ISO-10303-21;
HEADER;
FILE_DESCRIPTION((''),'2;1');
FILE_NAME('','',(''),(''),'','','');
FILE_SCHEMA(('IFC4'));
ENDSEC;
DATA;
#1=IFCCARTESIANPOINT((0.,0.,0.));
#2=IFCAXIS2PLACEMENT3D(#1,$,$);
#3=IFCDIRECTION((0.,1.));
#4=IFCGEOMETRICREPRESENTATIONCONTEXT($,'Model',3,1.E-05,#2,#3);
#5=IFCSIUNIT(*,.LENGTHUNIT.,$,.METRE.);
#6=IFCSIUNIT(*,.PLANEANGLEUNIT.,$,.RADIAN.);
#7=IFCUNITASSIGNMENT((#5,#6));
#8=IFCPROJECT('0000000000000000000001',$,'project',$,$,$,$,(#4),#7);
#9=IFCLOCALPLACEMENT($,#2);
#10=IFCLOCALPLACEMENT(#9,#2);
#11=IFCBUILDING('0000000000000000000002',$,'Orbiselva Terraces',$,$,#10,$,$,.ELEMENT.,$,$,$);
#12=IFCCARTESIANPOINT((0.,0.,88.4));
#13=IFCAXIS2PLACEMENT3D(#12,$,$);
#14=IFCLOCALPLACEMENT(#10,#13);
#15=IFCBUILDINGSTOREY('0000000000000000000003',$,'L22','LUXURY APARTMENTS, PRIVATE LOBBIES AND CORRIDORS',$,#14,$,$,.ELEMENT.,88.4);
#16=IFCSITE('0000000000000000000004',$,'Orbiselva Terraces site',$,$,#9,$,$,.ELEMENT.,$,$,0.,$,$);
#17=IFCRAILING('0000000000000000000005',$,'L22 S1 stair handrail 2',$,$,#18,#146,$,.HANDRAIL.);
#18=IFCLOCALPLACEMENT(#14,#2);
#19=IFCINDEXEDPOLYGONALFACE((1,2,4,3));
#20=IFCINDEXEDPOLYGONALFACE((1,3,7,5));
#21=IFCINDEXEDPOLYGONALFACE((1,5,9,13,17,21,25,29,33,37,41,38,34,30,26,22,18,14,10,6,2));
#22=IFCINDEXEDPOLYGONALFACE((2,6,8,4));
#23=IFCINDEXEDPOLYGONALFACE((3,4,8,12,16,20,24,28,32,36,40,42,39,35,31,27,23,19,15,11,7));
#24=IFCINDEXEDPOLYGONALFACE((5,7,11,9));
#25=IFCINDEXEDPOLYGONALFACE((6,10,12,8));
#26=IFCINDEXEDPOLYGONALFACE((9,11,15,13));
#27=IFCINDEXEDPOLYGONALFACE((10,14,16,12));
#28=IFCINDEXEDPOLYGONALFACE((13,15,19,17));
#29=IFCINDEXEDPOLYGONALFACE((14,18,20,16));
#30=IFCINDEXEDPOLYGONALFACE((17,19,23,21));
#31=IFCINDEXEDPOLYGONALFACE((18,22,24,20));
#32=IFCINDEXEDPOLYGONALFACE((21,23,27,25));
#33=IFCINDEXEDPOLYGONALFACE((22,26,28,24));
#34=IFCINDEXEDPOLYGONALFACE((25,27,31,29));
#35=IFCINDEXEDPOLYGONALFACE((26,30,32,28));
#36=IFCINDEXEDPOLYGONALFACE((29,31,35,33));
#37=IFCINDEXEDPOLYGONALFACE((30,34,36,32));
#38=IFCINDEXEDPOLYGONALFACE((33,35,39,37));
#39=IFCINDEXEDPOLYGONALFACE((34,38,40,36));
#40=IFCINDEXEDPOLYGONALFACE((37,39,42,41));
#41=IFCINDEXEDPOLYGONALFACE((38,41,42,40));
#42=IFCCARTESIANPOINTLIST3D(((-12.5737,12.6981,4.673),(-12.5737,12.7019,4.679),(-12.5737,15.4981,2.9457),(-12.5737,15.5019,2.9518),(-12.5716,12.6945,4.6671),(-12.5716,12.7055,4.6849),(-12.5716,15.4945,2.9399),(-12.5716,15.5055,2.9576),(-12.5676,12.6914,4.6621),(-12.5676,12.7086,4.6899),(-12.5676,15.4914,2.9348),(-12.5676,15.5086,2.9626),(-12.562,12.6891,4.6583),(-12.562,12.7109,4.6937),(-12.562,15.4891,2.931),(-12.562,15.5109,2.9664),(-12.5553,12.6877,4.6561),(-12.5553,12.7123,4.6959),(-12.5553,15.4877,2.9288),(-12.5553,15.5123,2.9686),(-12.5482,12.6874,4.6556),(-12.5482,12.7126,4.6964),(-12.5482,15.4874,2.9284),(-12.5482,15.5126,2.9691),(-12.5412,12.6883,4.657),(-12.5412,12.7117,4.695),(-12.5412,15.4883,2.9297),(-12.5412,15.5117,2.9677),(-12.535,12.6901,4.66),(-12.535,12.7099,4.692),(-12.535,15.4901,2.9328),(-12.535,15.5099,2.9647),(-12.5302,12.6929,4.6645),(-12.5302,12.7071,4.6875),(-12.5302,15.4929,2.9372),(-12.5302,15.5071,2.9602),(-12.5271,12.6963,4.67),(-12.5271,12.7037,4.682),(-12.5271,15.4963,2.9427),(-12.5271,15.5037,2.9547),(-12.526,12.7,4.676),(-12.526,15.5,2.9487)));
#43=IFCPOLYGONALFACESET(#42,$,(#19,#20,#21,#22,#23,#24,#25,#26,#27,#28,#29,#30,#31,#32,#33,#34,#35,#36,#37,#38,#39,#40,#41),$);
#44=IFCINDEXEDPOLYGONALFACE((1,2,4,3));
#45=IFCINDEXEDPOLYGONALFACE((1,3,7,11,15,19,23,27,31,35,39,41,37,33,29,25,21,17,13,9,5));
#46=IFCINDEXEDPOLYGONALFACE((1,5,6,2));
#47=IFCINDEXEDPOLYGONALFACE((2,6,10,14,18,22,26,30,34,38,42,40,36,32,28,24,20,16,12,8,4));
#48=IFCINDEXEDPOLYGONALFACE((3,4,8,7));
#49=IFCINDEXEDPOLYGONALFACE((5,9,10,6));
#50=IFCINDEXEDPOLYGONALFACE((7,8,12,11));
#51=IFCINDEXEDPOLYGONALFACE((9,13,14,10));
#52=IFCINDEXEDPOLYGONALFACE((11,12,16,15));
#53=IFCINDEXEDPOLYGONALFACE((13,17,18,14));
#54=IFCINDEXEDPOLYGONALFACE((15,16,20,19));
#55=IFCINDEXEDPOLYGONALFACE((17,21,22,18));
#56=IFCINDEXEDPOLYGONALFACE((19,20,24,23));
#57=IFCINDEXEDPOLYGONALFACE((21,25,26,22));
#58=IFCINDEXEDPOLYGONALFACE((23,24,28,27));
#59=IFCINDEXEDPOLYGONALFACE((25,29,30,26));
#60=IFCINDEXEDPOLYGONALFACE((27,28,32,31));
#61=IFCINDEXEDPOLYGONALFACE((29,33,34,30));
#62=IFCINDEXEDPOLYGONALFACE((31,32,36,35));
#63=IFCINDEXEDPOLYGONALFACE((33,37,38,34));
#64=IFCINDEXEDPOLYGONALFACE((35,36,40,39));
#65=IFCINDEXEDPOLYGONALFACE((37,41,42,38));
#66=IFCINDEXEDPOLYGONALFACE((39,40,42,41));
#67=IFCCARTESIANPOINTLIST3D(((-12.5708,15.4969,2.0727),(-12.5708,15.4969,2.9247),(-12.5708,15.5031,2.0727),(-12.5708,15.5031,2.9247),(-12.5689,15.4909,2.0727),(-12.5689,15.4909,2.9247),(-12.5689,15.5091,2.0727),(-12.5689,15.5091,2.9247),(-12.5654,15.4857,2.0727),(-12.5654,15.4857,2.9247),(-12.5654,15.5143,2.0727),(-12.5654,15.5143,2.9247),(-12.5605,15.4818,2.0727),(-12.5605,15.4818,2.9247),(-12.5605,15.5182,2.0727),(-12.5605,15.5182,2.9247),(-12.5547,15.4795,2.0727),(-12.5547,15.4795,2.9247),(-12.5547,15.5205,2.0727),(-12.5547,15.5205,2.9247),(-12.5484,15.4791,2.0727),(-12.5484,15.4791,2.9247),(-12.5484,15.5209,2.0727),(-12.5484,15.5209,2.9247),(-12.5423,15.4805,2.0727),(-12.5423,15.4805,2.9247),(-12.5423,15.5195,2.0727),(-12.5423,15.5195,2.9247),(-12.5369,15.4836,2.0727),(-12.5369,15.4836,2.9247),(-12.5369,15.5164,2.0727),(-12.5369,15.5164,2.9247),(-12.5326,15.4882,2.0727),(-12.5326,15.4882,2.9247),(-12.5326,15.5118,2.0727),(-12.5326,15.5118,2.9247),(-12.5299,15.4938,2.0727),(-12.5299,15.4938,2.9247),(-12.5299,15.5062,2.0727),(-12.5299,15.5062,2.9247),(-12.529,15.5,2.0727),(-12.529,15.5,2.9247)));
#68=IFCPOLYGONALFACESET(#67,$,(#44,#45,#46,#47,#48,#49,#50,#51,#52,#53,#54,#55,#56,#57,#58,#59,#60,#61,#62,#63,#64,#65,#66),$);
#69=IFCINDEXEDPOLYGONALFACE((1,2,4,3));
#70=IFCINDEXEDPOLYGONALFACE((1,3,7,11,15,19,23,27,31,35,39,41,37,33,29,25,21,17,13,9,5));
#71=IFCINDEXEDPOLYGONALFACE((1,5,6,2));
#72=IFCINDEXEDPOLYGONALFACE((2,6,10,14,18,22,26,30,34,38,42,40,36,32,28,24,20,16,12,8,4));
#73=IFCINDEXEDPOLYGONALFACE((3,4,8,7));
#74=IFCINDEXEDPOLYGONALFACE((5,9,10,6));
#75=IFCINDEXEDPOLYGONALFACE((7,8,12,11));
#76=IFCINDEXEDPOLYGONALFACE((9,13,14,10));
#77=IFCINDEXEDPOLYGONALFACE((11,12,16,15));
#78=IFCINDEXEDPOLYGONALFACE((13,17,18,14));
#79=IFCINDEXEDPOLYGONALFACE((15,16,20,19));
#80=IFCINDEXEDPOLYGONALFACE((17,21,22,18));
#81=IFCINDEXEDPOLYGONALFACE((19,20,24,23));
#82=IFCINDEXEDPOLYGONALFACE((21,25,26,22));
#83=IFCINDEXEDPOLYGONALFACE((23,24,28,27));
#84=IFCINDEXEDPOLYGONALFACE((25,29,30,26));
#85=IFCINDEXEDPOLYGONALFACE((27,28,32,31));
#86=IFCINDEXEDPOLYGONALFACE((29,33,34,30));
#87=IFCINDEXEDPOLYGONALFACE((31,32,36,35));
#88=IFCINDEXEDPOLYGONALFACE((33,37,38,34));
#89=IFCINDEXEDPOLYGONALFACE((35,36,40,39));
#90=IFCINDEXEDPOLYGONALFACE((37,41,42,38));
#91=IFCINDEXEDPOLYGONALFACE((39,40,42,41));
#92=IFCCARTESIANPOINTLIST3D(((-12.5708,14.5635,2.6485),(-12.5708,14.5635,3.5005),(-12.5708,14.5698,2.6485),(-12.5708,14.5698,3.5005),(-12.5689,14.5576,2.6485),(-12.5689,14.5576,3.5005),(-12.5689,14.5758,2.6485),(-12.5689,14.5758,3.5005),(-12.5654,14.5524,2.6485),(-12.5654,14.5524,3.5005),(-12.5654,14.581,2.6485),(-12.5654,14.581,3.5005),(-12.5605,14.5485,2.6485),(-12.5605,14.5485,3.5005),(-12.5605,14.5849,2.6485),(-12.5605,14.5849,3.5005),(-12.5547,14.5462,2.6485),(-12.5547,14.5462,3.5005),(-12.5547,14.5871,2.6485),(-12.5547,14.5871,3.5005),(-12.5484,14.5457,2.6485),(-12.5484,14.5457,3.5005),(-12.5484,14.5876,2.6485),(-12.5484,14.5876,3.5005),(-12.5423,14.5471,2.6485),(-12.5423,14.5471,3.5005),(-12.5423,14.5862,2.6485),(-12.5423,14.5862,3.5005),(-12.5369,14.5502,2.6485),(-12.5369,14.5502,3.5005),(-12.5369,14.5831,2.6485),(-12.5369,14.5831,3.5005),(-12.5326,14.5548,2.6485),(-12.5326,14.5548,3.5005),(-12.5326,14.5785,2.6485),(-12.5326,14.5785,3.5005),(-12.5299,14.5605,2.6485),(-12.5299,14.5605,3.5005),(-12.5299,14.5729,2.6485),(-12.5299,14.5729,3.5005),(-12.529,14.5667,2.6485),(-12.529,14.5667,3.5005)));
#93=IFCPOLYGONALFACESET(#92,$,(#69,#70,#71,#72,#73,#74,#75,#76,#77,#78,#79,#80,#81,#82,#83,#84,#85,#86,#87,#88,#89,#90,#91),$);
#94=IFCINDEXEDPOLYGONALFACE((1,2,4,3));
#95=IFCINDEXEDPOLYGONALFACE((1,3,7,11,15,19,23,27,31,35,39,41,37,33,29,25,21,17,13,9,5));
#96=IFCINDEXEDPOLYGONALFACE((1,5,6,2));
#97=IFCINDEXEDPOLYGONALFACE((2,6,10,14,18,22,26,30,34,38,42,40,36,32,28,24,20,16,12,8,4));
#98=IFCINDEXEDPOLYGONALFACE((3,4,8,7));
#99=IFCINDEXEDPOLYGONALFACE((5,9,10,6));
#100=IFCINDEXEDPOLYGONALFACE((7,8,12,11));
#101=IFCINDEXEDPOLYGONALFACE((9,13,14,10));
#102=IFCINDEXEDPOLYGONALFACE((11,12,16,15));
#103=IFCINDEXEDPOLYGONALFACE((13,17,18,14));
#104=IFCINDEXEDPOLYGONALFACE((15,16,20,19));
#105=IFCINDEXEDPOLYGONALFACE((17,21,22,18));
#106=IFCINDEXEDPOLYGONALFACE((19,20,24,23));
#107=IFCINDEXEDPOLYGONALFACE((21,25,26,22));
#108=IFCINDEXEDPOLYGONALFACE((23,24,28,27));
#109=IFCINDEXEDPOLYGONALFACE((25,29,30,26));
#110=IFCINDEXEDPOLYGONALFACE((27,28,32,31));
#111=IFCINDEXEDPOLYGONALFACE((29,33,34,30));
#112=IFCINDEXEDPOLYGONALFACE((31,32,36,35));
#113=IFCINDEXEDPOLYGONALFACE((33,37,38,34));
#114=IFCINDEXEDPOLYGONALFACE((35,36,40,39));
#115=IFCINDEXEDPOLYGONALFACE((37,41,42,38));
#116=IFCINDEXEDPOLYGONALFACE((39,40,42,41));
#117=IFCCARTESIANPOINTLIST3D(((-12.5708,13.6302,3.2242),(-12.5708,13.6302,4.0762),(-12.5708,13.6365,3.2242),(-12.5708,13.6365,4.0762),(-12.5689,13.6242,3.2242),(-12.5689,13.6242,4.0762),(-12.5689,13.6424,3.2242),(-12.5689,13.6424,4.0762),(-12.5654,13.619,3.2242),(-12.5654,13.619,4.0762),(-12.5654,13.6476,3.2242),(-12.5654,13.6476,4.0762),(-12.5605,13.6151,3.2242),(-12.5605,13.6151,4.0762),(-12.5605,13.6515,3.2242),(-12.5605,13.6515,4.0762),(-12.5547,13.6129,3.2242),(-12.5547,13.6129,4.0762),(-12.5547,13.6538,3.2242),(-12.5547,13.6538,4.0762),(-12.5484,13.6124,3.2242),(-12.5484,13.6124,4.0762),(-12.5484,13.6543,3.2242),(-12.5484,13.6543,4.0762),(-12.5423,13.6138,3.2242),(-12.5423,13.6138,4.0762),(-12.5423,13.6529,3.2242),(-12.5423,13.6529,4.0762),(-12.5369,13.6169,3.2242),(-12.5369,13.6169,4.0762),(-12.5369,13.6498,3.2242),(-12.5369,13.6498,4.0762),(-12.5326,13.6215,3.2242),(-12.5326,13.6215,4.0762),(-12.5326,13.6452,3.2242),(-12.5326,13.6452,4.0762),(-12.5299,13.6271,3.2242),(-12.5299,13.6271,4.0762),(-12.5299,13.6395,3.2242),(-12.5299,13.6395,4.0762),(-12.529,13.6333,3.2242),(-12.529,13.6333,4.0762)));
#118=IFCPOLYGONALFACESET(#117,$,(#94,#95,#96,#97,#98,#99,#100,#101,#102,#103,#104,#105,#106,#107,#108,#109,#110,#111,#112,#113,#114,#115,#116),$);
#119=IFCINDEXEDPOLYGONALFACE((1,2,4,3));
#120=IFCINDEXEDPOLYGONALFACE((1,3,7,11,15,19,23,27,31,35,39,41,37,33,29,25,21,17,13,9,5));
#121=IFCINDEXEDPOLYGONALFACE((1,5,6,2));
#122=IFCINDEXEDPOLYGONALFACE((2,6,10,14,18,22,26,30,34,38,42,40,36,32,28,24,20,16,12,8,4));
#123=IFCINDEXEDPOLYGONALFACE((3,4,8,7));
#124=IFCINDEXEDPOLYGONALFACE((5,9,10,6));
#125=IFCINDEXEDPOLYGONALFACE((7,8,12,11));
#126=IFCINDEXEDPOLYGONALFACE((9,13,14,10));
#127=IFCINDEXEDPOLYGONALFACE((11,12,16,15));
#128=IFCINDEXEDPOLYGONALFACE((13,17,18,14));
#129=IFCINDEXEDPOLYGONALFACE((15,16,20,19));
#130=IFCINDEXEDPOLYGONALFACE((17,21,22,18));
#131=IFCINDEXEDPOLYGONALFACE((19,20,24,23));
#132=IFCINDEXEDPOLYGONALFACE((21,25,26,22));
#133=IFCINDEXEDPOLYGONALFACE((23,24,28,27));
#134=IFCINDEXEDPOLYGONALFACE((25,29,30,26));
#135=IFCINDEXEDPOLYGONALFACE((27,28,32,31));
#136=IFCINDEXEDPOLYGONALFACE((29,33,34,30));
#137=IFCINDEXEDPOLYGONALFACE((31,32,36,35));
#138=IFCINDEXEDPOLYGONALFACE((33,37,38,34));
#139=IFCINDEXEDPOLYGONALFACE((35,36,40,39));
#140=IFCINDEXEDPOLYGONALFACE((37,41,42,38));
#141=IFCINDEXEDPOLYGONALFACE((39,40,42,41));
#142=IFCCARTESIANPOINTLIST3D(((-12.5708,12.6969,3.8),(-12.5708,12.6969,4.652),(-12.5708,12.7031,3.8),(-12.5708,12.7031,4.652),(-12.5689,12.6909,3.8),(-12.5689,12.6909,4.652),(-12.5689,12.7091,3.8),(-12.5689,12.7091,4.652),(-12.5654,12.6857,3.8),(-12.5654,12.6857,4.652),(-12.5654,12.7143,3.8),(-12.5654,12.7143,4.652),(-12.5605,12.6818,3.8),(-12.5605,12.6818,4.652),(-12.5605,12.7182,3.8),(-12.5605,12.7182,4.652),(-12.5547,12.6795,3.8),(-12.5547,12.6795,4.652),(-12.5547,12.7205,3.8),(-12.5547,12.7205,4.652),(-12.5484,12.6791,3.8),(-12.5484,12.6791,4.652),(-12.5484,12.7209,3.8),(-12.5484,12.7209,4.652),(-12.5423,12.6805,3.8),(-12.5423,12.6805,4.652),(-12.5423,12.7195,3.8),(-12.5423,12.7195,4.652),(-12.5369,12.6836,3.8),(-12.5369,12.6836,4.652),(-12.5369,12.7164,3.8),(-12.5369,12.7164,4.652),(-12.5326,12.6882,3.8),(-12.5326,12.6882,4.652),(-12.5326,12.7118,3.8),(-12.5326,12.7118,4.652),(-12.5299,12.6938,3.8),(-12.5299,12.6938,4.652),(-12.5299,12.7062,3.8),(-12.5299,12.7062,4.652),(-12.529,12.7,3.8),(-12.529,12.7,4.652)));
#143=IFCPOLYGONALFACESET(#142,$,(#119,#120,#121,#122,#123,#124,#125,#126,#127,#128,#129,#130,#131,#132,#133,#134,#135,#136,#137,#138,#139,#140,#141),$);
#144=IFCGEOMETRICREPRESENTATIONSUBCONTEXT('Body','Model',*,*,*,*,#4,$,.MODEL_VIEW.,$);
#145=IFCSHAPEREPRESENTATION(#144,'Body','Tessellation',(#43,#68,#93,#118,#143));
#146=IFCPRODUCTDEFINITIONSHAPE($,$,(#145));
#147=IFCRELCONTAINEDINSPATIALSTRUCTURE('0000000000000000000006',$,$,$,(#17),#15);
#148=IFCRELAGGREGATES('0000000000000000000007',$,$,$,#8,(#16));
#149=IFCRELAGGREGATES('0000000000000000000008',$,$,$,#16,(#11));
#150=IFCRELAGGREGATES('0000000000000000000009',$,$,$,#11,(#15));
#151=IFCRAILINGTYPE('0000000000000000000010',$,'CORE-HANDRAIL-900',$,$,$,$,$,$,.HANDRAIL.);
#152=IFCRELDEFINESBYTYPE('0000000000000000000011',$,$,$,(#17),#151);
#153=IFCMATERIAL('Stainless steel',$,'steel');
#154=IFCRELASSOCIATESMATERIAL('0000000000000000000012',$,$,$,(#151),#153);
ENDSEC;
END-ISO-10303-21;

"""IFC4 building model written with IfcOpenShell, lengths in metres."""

from ifc_helpers import new_model, si_unit, direction, frame, origin, origin_2d, place, context, subcontext, project, spatial, circle, extrude, material, type_object, element, save


model = new_model("IFC4")

# Units and contexts
model_context = context("Model", 3, precision=1e-05, world=origin(), true_north=direction((0.0, 1.0)))
body_context = subcontext(model_context, "Body", "Model", "MODEL_VIEW")
ifc_project = project(units=[si_unit("LENGTHUNIT", "METRE"), si_unit("PLANEANGLEUNIT", "RADIAN")], contexts=[model_context])

# Site, building, storey
site_placement = place(None, origin())
site = spatial("IfcSite", under=ifc_project, at=site_placement, Name="Orbiselva Terraces site", CompositionType="ELEMENT", RefElevation=0.0)
building_placement = place(site_placement, origin())
building = spatial("IfcBuilding", under=site, at=building_placement, Name="Orbiselva Terraces", CompositionType="ELEMENT")
storey_placement = place(building_placement, frame((0.0, 0.0, 88.4)))
storey = spatial("IfcBuildingStorey", under=building, at=storey_placement, Name="L22", Description="LUXURY APARTMENTS, PRIVATE LOBBIES AND CORRIDORS", CompositionType="ELEMENT", Elevation=88.4)

# Railing
ifc_material_1 = material(Name="Stainless steel", Category="steel")
railing_type_1 = type_object("IfcRailingType", Name="CORE-HANDRAIL-900", PredefinedType="HANDRAIL", material=ifc_material_1)
railing_1_placement = place(storey_placement, frame((-12.55, 15.5, 2.0727)))
element("IfcRailing", 1, at=railing_1_placement, inside=storey, type_object=railing_type_1, Name="L22 S1 stair handrail 2", PredefinedType="HANDRAIL", context=body_context, shape_type="SweptSolid", body=[
    extrude(circle(Radius=0.024, at=origin_2d()), frame((0.0, 0.0, 0.876), z_axis=(0.0, -0.851089, 0.525022), x_axis=(1.0, 0.0, 0.0)), (0.0, 0.0, 1.0), 3.2899),
    extrude(circle(Radius=0.021, at=origin_2d()), origin(), (0.0, 0.0, 1.0), 0.852),
    extrude(circle(Radius=0.021, at=origin_2d()), frame((0.0, -0.9333, 0.5758)), (0.0, 0.0, 1.0), 0.852),
    extrude(circle(Radius=0.021, at=origin_2d()), frame((0.0, -1.8667, 1.1515)), (0.0, 0.0, 1.0), 0.852),
    extrude(circle(Radius=0.021, at=origin_2d()), frame((0.0, -2.8, 1.7273)), (0.0, 0.0, 1.0), 0.852),
])

save(model, "model.ifc")
